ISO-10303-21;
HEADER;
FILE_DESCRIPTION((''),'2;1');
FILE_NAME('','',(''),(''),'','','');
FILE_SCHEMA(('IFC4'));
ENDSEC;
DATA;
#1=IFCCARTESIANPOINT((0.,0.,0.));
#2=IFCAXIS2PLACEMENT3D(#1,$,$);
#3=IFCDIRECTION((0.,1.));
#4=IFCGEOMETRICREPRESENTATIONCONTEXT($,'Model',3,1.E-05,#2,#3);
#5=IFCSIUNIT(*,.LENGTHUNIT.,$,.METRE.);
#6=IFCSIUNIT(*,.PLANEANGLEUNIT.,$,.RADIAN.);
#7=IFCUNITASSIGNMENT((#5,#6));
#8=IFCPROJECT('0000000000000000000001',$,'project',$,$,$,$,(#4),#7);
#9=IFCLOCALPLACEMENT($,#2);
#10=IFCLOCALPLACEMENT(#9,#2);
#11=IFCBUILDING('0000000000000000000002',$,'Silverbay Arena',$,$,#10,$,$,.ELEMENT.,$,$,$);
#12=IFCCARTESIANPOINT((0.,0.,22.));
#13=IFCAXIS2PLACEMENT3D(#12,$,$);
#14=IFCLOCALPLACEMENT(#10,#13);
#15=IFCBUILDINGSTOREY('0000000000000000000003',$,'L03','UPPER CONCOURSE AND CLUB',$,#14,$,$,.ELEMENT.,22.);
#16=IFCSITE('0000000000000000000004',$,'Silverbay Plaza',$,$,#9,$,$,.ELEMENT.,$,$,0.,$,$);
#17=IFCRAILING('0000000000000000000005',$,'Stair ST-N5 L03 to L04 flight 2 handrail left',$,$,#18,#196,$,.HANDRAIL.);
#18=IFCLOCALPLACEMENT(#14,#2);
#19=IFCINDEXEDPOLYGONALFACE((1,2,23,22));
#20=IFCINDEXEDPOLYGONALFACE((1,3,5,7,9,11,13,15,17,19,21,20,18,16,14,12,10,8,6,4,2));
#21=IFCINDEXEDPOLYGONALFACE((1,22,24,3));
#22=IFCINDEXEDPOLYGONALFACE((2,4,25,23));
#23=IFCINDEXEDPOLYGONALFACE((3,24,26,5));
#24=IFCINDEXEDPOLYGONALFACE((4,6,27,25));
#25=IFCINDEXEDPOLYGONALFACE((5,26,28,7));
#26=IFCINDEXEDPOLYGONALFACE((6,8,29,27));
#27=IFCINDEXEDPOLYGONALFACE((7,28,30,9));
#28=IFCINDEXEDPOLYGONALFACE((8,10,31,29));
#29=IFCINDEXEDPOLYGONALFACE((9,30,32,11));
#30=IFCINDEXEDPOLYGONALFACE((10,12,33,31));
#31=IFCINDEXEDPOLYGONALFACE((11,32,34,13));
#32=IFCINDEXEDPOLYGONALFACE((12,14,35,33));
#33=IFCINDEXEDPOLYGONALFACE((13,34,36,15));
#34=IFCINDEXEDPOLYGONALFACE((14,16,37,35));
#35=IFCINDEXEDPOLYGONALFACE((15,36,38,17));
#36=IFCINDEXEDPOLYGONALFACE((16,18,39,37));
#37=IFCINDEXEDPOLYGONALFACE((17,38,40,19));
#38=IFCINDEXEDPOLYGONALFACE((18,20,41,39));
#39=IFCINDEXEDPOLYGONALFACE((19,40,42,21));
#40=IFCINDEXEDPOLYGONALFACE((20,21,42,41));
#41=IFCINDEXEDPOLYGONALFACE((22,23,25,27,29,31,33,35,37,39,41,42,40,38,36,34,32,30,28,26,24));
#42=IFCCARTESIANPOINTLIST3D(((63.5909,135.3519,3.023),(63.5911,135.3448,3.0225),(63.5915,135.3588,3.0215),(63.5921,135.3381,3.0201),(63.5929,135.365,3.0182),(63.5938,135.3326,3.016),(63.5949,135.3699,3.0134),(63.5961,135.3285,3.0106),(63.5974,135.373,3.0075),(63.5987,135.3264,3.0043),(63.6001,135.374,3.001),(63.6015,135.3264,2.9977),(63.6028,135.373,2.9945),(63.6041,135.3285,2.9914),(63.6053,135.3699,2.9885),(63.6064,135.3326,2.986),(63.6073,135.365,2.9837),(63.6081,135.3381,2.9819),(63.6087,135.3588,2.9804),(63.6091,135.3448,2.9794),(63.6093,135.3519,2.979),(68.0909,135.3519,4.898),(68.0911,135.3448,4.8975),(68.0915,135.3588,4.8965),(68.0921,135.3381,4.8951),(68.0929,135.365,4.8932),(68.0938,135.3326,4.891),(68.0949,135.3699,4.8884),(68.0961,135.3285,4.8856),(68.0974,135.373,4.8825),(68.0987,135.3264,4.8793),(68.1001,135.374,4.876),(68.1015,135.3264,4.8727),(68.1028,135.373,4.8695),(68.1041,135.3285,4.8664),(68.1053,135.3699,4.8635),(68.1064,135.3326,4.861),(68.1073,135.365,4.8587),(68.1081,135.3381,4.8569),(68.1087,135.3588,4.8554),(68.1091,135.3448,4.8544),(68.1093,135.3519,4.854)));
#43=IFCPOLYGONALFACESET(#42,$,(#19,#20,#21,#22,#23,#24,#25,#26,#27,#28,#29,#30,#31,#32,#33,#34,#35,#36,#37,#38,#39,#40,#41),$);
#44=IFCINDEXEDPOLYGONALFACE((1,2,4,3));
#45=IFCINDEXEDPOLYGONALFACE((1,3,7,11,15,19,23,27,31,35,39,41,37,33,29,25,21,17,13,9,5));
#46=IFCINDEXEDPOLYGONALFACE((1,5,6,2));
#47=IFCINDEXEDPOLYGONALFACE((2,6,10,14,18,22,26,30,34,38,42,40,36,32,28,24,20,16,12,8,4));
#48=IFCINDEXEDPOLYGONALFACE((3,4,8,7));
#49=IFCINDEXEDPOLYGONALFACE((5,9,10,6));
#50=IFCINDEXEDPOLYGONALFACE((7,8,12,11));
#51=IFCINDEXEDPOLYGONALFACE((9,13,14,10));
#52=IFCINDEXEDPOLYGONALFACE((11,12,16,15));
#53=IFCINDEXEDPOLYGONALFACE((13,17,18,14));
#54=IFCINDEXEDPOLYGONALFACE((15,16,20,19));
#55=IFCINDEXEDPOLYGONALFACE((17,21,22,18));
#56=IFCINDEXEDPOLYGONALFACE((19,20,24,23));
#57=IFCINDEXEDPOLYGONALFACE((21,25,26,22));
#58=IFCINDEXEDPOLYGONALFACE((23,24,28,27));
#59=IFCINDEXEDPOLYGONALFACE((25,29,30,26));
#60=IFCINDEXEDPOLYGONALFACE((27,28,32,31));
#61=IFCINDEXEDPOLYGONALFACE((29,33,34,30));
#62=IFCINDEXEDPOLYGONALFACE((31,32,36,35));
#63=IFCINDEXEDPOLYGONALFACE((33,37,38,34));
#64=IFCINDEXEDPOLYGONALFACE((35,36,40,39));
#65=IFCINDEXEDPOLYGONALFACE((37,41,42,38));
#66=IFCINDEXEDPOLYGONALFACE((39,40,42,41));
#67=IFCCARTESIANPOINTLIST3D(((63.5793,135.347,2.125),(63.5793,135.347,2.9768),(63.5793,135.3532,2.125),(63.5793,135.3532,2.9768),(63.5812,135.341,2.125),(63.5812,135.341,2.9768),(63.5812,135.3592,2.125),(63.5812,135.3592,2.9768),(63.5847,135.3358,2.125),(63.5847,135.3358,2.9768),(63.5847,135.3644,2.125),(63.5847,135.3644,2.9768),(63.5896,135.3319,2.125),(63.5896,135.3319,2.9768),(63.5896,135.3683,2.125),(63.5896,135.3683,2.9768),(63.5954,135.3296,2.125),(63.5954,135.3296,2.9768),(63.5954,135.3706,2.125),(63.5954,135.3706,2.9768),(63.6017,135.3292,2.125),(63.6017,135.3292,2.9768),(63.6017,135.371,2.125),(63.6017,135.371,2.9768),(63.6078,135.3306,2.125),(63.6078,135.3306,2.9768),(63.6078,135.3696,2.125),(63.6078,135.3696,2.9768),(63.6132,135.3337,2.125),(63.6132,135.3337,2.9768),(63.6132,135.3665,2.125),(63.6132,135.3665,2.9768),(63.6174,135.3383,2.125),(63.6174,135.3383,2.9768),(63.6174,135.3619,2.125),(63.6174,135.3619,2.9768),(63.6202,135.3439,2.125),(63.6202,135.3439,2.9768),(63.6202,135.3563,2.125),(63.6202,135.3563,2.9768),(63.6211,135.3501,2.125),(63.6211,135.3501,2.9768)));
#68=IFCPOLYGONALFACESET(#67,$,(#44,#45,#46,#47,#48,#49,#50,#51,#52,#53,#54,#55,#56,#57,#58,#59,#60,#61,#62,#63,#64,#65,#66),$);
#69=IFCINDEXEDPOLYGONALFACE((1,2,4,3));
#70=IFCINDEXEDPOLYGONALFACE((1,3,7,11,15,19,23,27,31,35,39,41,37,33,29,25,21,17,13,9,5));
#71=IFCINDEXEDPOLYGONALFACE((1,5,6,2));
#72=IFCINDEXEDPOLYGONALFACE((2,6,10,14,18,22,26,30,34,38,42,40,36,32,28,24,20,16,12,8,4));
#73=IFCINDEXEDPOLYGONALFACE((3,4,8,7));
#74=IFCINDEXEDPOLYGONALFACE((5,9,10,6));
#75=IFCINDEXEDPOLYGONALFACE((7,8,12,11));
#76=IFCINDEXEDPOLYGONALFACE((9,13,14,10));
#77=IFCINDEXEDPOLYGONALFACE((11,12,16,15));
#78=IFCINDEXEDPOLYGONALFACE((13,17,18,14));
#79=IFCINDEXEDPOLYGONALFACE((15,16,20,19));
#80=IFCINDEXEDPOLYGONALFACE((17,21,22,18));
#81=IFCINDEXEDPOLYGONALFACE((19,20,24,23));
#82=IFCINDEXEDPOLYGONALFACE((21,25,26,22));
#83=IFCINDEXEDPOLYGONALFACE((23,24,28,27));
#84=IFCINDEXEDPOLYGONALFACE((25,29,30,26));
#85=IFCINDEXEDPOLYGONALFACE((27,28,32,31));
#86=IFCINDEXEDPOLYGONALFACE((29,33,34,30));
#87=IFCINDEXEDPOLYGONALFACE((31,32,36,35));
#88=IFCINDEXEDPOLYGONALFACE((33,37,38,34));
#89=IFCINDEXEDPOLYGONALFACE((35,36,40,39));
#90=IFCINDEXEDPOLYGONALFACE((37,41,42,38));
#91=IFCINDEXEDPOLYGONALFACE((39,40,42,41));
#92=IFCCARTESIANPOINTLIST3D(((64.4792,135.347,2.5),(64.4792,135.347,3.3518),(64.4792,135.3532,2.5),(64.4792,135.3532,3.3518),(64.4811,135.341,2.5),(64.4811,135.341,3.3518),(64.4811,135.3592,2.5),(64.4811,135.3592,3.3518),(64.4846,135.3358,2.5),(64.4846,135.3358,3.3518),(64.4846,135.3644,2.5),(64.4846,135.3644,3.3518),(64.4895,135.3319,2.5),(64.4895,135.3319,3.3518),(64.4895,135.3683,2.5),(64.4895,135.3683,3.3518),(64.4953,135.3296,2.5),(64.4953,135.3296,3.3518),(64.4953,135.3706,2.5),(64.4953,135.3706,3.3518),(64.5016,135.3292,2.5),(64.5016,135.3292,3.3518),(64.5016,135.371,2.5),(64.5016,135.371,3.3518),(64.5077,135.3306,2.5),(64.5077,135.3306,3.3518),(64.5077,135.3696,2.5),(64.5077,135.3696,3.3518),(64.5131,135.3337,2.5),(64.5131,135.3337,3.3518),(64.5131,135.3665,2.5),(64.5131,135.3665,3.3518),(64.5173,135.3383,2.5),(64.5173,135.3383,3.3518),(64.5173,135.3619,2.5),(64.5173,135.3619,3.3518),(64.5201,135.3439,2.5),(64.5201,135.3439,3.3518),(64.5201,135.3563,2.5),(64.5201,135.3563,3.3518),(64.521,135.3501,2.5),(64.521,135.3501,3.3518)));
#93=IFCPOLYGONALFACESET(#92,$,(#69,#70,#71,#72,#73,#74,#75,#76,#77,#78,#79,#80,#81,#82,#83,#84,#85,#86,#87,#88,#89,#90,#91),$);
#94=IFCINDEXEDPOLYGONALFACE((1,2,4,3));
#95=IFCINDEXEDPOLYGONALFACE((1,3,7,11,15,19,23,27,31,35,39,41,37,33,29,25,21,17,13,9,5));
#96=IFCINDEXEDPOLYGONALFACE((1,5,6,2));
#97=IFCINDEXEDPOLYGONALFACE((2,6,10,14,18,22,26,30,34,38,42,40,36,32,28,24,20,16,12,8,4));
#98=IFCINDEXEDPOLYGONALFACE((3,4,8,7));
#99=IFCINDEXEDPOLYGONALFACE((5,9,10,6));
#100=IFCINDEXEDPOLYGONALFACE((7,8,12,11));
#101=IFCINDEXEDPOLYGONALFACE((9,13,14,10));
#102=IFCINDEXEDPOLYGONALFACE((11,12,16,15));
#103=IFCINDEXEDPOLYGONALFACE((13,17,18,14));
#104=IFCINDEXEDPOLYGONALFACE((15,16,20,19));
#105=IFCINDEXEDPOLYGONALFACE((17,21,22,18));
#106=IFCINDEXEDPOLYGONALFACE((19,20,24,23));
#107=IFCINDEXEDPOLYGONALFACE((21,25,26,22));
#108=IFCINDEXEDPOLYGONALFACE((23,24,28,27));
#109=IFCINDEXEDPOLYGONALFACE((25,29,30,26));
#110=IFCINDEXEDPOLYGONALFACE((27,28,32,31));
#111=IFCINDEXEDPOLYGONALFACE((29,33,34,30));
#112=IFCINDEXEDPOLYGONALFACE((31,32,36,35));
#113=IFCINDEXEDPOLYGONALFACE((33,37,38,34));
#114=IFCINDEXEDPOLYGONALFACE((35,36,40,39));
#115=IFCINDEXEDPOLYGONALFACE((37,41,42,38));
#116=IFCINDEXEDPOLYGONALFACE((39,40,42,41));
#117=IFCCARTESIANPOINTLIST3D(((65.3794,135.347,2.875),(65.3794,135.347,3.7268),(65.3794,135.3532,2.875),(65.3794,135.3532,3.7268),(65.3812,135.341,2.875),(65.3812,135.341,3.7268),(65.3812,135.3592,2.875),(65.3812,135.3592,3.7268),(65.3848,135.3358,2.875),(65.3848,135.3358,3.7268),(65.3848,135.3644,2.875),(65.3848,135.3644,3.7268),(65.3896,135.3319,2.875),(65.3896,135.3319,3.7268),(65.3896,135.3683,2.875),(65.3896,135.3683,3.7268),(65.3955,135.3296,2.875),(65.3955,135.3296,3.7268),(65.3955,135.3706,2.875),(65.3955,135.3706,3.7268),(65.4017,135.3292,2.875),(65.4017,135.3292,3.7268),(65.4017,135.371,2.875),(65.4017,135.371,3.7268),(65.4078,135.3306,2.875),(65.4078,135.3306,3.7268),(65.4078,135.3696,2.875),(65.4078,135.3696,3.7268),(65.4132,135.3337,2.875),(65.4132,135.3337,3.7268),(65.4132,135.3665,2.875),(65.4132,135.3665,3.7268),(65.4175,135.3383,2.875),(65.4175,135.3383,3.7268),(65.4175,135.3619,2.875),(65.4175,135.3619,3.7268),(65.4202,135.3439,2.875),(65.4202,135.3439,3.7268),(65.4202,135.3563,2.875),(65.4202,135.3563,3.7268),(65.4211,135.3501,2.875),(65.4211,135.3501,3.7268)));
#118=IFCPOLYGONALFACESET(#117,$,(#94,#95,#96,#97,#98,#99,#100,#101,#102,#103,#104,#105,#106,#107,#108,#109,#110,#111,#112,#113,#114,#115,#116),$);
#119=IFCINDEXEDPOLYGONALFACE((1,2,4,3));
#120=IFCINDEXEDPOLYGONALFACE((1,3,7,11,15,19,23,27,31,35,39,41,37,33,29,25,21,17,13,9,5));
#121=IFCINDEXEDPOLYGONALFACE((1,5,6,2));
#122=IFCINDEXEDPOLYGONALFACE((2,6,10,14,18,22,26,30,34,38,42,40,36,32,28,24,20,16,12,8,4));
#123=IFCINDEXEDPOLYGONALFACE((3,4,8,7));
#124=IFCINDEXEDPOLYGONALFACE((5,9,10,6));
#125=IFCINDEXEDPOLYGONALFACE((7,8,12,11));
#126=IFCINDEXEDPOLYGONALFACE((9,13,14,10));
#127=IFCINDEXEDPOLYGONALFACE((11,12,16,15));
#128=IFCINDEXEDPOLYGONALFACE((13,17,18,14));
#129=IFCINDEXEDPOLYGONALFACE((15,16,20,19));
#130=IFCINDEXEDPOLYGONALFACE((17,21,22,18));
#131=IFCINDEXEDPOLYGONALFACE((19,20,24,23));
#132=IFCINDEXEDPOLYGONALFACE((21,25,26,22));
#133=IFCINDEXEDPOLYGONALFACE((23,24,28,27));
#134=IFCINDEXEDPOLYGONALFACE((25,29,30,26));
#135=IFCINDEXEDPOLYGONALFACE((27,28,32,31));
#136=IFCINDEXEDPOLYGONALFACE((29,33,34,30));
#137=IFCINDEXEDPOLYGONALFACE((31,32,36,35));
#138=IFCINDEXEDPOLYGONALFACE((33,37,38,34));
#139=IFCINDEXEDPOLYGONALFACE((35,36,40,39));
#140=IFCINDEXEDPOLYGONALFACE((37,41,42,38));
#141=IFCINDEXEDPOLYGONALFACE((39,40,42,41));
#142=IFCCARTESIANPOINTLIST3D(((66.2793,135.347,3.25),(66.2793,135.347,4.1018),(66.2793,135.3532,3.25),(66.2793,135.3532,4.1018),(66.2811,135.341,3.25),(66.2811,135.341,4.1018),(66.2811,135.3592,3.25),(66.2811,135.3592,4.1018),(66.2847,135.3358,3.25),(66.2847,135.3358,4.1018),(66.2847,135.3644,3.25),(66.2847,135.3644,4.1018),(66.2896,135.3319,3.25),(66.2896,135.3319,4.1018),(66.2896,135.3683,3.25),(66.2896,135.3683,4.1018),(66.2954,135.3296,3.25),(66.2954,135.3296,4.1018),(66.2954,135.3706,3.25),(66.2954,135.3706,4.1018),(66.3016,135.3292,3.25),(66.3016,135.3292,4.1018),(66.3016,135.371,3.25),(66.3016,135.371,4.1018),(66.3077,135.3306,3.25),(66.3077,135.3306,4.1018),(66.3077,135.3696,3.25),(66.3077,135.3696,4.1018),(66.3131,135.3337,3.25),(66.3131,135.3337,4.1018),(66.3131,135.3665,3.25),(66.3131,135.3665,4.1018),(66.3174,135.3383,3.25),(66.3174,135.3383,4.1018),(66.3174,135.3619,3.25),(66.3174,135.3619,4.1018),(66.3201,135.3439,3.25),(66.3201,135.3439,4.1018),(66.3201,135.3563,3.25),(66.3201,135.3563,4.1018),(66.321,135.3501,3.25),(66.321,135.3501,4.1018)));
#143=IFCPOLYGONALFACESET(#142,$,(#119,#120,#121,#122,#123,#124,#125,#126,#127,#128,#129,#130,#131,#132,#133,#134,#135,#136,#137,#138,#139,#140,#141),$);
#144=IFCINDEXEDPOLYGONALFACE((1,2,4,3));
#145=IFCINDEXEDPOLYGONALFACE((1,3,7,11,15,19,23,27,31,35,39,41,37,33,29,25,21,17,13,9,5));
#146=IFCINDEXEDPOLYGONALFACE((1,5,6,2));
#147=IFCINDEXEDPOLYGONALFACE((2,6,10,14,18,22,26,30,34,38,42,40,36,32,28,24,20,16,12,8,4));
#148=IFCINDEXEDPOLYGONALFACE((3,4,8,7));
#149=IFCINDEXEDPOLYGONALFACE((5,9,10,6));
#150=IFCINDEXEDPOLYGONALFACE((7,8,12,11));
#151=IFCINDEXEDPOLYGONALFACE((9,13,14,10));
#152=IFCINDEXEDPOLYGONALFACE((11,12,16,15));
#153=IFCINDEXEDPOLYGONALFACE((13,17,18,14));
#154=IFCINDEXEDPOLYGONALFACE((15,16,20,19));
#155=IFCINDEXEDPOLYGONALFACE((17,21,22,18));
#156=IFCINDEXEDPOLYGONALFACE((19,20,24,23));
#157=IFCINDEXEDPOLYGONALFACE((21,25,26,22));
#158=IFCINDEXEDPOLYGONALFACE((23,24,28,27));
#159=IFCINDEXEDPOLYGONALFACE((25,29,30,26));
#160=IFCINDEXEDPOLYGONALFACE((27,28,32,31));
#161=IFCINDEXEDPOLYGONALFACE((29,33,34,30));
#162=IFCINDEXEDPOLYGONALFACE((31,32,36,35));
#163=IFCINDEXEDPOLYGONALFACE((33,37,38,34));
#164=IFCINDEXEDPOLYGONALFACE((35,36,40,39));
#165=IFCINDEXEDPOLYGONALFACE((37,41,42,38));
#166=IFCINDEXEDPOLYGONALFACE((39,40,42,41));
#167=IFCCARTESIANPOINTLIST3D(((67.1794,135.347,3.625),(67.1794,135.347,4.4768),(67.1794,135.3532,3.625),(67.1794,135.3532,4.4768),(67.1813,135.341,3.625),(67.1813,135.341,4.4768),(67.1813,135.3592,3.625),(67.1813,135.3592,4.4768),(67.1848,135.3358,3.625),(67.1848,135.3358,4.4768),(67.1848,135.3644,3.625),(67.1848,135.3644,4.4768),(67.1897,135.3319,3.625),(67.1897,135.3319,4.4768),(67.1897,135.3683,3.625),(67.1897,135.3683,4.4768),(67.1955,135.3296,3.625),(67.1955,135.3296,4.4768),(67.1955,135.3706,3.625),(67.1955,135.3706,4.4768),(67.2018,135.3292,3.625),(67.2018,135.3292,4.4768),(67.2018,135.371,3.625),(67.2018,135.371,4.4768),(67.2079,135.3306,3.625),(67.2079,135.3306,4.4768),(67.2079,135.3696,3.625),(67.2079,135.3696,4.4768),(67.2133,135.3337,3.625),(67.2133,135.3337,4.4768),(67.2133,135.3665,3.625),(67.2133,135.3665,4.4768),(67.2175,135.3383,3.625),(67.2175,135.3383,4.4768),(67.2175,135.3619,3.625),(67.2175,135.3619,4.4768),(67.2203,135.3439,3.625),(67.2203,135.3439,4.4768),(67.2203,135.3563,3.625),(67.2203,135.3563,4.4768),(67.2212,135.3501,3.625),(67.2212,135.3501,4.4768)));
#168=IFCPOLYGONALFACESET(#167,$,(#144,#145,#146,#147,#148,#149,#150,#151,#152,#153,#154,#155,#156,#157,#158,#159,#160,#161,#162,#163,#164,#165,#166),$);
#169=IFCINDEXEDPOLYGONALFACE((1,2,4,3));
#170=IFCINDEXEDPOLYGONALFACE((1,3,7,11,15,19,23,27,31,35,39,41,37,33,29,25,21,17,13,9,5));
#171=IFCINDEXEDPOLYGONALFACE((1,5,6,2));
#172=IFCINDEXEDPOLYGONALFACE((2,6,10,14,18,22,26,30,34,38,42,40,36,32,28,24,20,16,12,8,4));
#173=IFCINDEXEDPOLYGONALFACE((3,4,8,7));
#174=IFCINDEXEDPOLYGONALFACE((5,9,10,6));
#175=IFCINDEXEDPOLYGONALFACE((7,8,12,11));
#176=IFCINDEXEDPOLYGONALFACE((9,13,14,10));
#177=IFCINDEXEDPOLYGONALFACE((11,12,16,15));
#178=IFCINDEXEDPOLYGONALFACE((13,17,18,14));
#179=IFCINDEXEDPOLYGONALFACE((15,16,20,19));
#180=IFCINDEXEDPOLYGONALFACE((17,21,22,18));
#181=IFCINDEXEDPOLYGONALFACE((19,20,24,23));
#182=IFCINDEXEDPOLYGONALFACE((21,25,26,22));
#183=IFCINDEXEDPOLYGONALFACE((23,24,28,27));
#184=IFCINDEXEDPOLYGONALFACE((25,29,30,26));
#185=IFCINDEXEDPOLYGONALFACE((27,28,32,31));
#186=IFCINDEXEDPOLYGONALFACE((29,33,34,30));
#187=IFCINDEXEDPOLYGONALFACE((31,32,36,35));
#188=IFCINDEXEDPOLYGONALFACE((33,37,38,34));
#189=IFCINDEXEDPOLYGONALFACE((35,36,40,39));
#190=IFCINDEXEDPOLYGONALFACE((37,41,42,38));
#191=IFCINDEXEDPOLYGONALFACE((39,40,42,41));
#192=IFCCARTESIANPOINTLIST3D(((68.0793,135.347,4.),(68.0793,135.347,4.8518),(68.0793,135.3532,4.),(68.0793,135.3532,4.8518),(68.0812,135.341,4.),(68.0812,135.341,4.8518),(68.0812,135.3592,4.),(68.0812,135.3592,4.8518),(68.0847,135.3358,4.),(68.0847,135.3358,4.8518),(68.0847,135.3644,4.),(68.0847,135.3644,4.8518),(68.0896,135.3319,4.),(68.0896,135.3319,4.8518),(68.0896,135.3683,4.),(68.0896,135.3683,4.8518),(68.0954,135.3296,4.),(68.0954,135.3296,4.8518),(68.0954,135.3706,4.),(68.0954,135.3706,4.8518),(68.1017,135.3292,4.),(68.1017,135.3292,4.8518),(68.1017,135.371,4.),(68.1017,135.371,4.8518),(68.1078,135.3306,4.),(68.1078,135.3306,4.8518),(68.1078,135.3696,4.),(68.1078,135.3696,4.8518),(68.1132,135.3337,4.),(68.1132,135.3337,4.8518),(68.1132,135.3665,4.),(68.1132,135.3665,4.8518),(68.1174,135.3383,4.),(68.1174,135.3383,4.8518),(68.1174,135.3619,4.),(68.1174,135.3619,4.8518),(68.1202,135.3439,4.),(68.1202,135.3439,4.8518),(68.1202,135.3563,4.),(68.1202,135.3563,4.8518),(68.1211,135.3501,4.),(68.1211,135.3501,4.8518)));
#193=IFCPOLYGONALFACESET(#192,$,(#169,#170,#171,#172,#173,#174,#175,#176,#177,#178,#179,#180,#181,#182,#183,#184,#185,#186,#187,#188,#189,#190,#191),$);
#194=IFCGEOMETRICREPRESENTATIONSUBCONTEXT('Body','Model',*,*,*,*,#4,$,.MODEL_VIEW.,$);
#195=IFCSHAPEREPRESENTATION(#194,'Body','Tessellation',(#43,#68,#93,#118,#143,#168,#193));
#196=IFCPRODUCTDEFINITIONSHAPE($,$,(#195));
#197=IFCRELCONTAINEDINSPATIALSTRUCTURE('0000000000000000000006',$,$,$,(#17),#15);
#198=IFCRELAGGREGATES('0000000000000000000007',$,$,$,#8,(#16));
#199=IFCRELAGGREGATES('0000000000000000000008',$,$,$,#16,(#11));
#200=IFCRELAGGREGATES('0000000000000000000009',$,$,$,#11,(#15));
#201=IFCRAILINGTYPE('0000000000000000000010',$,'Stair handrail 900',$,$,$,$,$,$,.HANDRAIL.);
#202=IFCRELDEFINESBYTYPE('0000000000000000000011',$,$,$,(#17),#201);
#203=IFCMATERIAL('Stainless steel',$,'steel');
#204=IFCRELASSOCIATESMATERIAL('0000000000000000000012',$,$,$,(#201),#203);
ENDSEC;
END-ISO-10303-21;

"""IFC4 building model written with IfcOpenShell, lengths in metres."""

from ifc_helpers import new_model, si_unit, direction, frame, origin, origin_2d, place, context, subcontext, project, spatial, circle, extrude, material, type_object, element, save


model = new_model("IFC4")

# Units and contexts
model_context = context("Model", 3, precision=1e-05, world=origin(), true_north=direction((0.0, 1.0)))
body_context = subcontext(model_context, "Body", "Model", "MODEL_VIEW")
ifc_project = project(units=[si_unit("LENGTHUNIT", "METRE"), si_unit("PLANEANGLEUNIT", "RADIAN")], contexts=[model_context])

# Site, building, storey
site_placement = place(None, origin())
site = spatial("IfcSite", under=ifc_project, at=site_placement, Name="Silverbay Plaza", CompositionType="ELEMENT", RefElevation=0.0)
building_placement = place(site_placement, origin())
building = spatial("IfcBuilding", under=site, at=building_placement, Name="Silverbay Arena", CompositionType="ELEMENT")
storey_placement = place(building_placement, frame((0.0, 0.0, 22.0)))
storey = spatial("IfcBuildingStorey", under=building, at=storey_placement, Name="L03", Description="UPPER CONCOURSE AND CLUB", CompositionType="ELEMENT", Elevation=22.0)

# Railing
ifc_material_1 = material(Name="Stainless steel", Category="steel")
railing_type = type_object("IfcRailingType", Name="Stair handrail 900", PredefinedType="HANDRAIL", material=ifc_material_1)
railing_1_placement = place(storey_placement, frame((63.6001, 135.3501, 2.125)))
element("IfcRailing", 1, at=railing_1_placement, inside=storey, type_object=railing_type, Name="Stair ST-N5 L03 to L04 flight 2 handrail left", PredefinedType="HANDRAIL", context=body_context, shape_type="SweptSolid", body=[
    extrude(circle(Radius=0.0239, at=origin_2d()), frame((0.0, 0.0, 0.876), z_axis=(0.923077, 0.0, 0.384615), x_axis=(0.0, 1.0, 0.0)), (0.0, 0.0, 1.0), 4.875),
    extrude(circle(Radius=0.021, at=origin_2d()), origin(), (0.0, 0.0, 1.0), 0.8518),
    extrude(circle(Radius=0.021, at=origin_2d()), frame((0.8999, 0.0, 0.375)), (0.0, 0.0, 1.0), 0.8518),
    extrude(circle(Radius=0.021, at=origin_2d()), frame((1.8, 0.0, 0.75)), (0.0, 0.0, 1.0), 0.8518),
    extrude(circle(Radius=0.021, at=origin_2d()), frame((2.7, 0.0, 1.125)), (0.0, 0.0, 1.0), 0.8518),
    extrude(circle(Radius=0.021, at=origin_2d()), frame((3.6001, 0.0, 1.5)), (0.0, 0.0, 1.0), 0.8518),
    extrude(circle(Radius=0.021, at=origin_2d()), frame((4.5, 0.0, 1.875)), (0.0, 0.0, 1.0), 0.8518),
])

save(model, "model.ifc")
